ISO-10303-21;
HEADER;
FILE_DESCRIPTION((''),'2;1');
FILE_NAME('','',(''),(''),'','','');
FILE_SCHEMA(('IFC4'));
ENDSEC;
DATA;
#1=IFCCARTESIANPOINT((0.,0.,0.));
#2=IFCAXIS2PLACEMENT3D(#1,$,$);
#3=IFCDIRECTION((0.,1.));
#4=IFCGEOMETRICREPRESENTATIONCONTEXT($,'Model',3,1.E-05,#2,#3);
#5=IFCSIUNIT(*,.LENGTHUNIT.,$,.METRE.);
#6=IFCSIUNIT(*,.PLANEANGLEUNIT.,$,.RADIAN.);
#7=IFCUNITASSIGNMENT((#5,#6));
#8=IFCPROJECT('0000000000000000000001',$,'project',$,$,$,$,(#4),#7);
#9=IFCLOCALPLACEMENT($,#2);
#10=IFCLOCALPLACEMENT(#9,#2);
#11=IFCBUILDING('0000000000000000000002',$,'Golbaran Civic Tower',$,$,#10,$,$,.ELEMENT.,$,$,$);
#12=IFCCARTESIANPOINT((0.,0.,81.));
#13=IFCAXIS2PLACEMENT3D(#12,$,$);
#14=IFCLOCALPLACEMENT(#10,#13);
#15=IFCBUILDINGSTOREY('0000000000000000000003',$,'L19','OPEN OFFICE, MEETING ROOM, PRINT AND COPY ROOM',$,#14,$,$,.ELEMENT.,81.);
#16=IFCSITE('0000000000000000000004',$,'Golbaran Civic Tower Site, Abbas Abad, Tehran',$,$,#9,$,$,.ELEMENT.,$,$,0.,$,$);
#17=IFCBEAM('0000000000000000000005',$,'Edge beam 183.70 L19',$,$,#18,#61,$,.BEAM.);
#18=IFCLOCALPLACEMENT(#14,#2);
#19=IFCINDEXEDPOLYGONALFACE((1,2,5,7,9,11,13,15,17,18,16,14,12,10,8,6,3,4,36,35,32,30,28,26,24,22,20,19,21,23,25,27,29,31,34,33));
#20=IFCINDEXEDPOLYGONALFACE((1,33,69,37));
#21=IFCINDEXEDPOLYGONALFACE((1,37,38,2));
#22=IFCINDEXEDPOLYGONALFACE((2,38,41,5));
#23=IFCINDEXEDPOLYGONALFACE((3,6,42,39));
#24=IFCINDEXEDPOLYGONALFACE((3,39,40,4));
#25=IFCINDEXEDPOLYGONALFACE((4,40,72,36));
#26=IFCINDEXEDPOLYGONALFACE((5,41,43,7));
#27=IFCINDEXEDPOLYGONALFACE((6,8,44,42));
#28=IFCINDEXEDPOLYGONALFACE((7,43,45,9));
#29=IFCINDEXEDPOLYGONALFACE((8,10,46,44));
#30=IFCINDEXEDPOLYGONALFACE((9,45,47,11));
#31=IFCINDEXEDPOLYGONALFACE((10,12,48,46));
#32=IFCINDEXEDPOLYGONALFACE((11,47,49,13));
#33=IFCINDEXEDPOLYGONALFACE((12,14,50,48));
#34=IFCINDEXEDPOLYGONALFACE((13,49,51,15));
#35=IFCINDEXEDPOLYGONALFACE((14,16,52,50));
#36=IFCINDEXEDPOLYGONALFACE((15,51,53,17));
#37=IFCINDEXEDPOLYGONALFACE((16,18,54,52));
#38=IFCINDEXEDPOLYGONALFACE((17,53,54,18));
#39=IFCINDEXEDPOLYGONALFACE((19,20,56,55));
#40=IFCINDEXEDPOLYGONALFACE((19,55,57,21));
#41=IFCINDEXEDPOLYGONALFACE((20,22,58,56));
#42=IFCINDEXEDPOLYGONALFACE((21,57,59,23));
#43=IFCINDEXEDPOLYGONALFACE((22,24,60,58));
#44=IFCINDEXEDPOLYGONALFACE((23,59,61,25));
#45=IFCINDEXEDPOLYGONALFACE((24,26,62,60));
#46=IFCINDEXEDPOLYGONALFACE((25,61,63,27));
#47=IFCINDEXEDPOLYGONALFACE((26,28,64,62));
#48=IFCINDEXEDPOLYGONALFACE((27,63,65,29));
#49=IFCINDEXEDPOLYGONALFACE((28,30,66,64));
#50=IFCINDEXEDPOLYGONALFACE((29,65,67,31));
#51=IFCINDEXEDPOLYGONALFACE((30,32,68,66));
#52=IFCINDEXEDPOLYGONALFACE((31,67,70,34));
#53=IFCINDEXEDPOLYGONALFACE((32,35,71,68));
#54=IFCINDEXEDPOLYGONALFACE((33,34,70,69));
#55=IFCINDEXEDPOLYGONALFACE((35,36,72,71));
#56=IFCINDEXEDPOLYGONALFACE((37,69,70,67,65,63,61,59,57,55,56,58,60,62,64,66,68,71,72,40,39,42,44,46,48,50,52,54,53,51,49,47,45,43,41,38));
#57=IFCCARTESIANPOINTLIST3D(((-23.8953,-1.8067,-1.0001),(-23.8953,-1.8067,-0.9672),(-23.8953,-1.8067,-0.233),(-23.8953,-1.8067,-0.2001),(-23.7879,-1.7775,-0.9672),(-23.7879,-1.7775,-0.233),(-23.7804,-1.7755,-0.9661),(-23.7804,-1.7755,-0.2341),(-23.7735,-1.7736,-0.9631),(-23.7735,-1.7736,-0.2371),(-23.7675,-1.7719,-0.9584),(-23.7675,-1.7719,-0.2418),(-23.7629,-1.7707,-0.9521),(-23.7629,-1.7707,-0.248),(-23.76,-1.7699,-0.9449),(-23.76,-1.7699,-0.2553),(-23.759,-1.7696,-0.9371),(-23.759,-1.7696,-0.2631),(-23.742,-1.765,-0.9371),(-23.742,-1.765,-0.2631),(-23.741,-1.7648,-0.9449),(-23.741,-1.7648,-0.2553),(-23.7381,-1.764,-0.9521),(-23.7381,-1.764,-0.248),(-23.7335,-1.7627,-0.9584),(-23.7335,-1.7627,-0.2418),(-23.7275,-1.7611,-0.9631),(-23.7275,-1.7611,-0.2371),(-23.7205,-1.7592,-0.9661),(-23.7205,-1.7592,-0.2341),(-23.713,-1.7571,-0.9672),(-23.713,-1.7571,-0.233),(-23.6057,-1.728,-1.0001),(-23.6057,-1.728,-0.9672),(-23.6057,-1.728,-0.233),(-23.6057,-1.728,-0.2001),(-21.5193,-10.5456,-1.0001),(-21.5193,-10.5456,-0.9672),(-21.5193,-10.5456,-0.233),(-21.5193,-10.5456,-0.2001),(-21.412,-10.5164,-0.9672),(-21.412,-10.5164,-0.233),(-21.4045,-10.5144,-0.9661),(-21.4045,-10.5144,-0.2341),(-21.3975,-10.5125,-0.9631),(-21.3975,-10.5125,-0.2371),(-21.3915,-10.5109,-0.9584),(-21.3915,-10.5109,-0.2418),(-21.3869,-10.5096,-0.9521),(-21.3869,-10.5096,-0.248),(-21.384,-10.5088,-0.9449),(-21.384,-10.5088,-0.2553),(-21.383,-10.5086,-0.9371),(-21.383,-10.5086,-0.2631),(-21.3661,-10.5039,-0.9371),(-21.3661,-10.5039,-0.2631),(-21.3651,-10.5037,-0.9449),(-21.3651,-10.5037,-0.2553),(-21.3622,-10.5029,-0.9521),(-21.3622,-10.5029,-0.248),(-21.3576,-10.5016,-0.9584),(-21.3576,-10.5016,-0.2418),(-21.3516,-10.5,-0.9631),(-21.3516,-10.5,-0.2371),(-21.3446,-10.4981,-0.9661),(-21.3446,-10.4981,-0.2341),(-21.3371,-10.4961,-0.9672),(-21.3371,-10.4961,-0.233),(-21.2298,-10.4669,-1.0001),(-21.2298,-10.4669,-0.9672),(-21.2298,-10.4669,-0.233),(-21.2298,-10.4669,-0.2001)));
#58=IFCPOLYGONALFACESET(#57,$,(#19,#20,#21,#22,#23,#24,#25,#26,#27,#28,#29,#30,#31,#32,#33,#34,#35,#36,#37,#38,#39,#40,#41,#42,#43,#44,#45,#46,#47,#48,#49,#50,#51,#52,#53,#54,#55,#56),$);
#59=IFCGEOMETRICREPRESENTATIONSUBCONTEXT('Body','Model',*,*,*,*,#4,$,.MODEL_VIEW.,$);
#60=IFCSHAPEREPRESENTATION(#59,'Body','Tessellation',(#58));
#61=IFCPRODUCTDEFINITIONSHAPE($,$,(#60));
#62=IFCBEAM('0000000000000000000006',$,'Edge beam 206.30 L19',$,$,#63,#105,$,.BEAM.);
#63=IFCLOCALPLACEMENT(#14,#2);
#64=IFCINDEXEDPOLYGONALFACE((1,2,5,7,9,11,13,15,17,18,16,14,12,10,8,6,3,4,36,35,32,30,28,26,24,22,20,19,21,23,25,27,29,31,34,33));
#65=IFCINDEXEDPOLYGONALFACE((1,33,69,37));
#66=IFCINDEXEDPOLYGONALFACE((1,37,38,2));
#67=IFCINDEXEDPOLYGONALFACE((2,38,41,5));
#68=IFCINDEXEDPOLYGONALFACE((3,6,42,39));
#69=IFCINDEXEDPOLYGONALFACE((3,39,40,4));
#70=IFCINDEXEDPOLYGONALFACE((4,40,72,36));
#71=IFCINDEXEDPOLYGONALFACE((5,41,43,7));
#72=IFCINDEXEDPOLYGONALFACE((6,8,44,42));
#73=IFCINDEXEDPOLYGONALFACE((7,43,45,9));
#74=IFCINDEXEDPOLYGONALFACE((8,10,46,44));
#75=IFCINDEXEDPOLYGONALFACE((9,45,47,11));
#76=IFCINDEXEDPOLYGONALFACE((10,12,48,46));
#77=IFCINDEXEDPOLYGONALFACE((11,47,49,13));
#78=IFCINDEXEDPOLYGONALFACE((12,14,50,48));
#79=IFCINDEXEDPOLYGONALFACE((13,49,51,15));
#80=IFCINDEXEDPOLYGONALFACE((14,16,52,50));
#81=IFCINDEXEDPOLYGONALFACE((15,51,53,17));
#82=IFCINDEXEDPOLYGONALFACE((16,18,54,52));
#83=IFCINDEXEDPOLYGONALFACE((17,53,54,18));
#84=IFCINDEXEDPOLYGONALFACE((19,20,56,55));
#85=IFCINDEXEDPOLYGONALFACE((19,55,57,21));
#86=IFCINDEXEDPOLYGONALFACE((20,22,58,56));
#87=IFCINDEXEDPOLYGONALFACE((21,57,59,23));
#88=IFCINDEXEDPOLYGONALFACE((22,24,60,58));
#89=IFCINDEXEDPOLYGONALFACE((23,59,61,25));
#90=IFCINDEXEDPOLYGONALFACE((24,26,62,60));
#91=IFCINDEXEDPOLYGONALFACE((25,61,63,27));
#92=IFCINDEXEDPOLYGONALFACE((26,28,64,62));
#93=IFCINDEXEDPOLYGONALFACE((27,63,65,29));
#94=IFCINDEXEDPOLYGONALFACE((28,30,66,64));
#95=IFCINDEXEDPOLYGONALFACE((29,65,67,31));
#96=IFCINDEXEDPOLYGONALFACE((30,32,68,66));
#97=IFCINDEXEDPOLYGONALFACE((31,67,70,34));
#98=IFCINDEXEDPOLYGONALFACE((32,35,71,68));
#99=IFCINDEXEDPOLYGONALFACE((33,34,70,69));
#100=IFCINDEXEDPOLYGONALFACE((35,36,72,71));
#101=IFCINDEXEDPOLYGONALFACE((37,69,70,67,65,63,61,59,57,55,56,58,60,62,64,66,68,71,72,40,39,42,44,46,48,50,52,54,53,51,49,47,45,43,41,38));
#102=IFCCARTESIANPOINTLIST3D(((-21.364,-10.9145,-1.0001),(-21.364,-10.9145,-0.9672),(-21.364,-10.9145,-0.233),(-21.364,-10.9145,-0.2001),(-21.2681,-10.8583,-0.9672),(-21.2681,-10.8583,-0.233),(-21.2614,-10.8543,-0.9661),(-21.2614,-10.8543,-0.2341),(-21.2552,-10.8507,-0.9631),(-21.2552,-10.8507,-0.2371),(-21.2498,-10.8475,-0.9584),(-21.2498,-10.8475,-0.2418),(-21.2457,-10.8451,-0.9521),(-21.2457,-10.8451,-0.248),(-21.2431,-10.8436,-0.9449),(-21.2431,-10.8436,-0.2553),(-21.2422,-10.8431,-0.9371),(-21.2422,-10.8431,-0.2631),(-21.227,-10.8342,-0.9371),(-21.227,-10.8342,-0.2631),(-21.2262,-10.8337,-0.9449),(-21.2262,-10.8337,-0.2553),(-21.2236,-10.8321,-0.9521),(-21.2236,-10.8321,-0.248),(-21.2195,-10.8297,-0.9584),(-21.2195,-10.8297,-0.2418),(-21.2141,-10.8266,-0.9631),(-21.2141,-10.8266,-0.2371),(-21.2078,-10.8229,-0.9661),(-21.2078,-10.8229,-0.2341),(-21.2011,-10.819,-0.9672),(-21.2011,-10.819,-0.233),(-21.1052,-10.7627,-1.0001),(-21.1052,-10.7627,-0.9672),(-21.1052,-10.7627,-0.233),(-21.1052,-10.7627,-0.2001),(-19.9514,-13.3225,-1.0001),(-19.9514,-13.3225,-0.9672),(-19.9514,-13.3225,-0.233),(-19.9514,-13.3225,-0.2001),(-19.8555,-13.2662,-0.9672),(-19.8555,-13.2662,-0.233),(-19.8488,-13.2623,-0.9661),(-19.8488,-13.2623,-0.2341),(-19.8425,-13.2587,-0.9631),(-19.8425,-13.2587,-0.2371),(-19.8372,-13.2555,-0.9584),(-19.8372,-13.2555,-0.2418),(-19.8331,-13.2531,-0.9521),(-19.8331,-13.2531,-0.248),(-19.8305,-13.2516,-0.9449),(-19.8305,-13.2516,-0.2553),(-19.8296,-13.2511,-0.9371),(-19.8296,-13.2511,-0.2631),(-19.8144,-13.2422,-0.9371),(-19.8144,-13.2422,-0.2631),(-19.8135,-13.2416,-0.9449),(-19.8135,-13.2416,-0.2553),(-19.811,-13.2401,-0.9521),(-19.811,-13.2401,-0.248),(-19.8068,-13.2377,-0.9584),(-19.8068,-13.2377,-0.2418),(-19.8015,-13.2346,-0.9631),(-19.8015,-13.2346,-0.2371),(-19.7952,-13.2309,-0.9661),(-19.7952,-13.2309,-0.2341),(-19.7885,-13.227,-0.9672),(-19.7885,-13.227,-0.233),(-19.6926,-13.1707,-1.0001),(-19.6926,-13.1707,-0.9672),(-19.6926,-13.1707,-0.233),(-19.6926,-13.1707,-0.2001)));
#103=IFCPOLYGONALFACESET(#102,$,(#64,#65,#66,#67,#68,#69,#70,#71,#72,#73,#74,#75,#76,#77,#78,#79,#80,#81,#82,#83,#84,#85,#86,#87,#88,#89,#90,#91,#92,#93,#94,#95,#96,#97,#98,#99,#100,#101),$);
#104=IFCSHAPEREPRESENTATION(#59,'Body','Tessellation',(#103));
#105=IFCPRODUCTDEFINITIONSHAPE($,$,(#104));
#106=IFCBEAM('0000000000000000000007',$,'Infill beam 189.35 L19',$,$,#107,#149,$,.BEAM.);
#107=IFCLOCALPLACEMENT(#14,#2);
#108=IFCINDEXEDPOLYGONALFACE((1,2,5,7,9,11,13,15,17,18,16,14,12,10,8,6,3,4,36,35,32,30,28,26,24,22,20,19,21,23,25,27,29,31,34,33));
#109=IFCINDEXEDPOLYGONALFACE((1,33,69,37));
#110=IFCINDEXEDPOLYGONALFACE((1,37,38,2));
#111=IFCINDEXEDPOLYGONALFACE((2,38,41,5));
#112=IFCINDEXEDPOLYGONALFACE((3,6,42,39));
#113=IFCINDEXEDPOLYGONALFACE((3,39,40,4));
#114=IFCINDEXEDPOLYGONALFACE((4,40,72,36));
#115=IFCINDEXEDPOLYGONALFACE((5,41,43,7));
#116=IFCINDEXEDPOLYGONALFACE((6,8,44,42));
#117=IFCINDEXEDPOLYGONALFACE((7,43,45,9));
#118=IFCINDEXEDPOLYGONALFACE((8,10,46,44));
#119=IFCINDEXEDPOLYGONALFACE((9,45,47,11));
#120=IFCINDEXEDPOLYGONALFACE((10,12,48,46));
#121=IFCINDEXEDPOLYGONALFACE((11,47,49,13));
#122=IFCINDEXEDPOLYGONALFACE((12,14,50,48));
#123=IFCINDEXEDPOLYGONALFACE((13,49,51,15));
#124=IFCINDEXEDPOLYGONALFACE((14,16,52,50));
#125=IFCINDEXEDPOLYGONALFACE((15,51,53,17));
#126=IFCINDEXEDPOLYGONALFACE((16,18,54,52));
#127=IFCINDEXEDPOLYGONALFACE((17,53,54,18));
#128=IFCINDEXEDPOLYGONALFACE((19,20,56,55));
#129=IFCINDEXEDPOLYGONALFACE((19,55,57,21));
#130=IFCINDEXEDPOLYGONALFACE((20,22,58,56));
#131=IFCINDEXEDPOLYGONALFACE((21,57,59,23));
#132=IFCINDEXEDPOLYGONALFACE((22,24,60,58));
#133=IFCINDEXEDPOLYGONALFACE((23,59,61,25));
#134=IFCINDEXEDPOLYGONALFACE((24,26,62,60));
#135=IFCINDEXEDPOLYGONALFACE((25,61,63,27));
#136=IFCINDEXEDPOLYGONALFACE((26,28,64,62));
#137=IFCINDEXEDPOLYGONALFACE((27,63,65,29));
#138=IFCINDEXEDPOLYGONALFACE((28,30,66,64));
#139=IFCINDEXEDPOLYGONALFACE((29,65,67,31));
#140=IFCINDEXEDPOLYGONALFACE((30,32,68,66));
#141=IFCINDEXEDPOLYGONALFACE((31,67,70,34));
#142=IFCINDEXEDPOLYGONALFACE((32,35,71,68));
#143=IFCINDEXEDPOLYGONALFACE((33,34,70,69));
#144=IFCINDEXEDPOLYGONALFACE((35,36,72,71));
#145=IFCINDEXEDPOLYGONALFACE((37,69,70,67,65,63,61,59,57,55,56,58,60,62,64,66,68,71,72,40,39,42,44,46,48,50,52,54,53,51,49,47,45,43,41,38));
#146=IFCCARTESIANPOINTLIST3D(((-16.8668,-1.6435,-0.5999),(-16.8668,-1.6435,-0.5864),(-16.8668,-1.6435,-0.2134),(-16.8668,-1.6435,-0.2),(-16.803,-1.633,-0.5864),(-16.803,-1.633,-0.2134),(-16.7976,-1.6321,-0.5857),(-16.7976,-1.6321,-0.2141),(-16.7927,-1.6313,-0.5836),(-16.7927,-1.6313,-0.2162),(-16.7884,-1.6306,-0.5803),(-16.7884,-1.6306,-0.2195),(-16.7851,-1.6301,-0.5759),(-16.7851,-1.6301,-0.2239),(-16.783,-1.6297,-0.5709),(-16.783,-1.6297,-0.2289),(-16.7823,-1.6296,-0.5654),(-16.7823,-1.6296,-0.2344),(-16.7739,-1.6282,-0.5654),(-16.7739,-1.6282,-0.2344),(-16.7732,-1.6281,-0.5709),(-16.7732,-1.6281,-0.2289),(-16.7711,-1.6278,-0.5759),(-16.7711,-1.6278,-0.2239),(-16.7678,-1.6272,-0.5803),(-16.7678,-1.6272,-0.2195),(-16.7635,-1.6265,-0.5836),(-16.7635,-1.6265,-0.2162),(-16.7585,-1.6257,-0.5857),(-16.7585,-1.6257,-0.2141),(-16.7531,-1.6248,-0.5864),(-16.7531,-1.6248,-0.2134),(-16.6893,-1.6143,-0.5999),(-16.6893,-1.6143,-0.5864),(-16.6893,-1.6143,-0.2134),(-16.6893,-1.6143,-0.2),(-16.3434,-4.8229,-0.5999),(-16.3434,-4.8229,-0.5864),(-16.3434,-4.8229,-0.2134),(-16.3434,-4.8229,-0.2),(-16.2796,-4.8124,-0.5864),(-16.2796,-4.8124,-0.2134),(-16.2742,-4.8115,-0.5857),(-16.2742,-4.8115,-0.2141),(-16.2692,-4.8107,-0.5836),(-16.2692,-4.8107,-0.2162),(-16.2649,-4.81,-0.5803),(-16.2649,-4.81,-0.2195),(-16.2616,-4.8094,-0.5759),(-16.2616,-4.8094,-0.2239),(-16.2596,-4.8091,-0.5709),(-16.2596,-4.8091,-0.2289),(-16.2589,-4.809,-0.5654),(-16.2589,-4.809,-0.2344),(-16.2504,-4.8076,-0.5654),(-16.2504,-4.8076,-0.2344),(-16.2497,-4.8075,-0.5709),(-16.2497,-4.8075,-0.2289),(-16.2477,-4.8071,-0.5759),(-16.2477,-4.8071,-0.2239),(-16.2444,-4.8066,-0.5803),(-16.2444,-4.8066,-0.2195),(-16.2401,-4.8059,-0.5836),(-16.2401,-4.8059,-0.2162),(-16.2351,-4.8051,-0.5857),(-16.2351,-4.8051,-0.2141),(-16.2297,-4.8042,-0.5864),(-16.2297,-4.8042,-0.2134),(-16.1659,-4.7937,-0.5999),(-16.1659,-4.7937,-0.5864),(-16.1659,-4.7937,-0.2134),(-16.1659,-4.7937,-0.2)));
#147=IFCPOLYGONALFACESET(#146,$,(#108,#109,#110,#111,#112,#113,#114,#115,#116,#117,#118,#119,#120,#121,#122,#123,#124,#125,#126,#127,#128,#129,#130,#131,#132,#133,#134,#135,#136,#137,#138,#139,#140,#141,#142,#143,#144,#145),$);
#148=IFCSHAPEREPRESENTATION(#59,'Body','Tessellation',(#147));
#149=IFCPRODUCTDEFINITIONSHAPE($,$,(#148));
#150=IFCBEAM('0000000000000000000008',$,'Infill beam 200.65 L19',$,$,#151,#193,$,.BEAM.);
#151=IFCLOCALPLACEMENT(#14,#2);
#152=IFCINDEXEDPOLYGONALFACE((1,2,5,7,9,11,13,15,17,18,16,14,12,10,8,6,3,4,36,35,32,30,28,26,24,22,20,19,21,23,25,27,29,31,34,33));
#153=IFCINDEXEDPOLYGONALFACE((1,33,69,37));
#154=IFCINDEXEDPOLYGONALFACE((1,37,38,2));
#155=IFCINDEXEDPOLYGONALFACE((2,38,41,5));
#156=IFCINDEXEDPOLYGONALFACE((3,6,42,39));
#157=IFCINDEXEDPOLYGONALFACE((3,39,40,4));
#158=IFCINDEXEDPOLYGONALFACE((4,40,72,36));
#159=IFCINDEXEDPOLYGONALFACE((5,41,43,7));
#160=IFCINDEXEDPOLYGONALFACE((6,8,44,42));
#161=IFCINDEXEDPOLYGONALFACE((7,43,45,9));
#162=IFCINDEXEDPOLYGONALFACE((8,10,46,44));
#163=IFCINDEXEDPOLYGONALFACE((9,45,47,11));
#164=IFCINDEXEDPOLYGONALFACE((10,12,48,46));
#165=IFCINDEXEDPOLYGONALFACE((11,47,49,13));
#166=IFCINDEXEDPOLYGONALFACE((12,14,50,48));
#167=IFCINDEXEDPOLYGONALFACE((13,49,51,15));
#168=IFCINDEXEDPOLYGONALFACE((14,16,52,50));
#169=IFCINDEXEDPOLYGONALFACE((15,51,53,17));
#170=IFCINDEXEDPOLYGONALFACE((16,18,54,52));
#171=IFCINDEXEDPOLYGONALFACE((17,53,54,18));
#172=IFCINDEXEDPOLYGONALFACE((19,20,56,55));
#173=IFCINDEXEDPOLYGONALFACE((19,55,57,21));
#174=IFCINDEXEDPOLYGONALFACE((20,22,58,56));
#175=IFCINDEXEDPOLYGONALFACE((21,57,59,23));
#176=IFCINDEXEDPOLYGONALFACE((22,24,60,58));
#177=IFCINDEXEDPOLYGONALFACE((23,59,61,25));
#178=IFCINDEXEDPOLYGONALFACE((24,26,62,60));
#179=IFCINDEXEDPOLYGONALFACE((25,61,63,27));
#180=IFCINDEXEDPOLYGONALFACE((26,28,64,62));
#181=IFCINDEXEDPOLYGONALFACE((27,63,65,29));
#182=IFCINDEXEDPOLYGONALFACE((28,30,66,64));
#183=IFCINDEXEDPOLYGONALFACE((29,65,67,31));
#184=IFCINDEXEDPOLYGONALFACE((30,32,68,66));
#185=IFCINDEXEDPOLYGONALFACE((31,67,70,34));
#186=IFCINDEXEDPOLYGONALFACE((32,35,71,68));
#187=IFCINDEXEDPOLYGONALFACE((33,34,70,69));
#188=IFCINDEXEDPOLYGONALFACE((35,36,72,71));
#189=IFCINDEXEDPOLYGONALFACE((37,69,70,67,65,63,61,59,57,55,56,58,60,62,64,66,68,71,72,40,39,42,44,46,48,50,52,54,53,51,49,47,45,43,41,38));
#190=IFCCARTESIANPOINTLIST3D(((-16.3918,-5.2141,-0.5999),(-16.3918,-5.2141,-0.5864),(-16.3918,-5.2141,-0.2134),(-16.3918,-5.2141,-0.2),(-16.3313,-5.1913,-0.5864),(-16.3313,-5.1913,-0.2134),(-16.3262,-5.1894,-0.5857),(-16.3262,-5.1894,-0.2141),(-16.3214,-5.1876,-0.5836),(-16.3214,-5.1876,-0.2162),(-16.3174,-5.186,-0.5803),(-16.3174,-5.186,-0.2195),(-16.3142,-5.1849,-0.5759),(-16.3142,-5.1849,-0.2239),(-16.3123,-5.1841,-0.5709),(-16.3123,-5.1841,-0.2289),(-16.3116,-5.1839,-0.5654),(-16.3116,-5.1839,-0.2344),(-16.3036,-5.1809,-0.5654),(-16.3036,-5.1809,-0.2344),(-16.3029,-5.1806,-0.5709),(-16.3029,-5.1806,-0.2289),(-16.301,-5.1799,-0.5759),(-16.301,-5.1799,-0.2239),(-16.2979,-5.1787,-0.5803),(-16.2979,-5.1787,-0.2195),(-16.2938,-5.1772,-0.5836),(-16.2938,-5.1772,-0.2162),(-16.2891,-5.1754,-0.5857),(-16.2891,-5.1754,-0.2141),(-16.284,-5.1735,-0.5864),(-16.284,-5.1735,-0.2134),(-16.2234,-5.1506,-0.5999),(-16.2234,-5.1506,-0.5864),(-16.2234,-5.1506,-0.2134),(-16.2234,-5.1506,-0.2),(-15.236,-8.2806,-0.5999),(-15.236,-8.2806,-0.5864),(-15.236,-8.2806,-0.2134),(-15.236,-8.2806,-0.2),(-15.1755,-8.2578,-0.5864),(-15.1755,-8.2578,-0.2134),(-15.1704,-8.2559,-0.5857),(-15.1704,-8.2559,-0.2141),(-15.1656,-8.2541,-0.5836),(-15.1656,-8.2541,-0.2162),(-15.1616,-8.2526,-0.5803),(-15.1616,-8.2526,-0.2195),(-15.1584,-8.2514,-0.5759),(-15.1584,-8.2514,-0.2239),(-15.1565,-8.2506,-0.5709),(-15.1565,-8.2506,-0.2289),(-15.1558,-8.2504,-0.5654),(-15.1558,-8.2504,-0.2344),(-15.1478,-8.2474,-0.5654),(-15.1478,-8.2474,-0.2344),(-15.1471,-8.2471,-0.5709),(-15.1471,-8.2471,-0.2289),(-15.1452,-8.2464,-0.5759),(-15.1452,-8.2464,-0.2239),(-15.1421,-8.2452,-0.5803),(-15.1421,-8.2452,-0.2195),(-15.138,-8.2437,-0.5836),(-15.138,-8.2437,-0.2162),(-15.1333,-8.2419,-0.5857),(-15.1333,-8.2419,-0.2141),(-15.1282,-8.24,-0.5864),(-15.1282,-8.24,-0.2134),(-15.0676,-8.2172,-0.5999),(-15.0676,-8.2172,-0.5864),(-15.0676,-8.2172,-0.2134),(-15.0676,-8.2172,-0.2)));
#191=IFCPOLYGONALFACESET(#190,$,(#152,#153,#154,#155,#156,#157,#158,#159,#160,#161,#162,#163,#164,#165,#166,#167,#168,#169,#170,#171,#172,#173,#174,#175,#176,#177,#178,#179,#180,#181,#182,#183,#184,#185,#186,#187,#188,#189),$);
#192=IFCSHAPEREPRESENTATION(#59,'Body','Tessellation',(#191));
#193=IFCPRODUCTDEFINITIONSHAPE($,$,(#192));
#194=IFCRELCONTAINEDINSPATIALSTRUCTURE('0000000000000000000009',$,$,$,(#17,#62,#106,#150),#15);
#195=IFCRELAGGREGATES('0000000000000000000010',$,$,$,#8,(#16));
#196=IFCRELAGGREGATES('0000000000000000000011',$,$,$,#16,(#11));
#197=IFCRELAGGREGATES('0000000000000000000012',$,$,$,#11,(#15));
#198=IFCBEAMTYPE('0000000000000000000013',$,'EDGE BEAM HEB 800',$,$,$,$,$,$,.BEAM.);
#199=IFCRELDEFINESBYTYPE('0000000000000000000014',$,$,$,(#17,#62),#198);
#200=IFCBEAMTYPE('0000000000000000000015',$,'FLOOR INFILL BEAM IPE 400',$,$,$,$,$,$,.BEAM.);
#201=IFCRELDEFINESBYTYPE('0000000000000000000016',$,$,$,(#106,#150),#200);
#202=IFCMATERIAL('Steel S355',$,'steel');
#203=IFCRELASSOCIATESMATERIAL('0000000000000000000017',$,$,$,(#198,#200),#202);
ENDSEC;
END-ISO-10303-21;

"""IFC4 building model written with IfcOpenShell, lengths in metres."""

from ifc_helpers import new_model, si_unit, direction, frame, origin, origin_2d, place, context, subcontext, project, spatial, i_section, extrude, material, material_profile, profile_set, type_object, element, save


model = new_model("IFC4")

# Units and contexts
model_context = context("Model", 3, precision=1e-05, world=origin(), true_north=direction((0.0, 1.0)))
body_context = subcontext(model_context, "Body", "Model", "MODEL_VIEW")
ifc_project = project(units=[si_unit("LENGTHUNIT", "METRE"), si_unit("PLANEANGLEUNIT", "RADIAN")], contexts=[model_context])

# Site, building, storey
site_placement = place(None, origin())
site = spatial("IfcSite", under=ifc_project, at=site_placement, Name="Golbaran Civic Tower Site, Abbas Abad, Tehran", CompositionType="ELEMENT", RefElevation=0.0)
building_placement = place(site_placement, origin())
building = spatial("IfcBuilding", under=site, at=building_placement, Name="Golbaran Civic Tower", CompositionType="ELEMENT")
storey_placement = place(building_placement, frame((0.0, 0.0, 81.0)))
storey = spatial("IfcBuildingStorey", under=building, at=storey_placement, Name="L19", Description="OPEN OFFICE, MEETING ROOM, PRINT AND COPY ROOM", CompositionType="ELEMENT", Elevation=81.0)

# Beams
ifc_material_1 = material(Name="Steel S355", Category="steel")
ifc_material_profile_1 = material_profile(ifc_material_1, i_section(OverallWidth=0.3, OverallDepth=0.8, WebThickness=0.0176, FlangeThickness=0.033, FilletRadius=0.03, at=origin_2d()), Name="HEB 800")
ifc_profile_set_1 = profile_set([ifc_material_profile_1], Name="Steel S355")
beam_type_1 = type_object("IfcBeamType", Name="EDGE BEAM HEB 800", PredefinedType="BEAM", material=ifc_profile_set_1)
beam_1_placement = place(storey_placement, frame((-23.7505, -1.7673, -0.6001), z_axis=(0.262358, -0.964971, 0.0), x_axis=(0.964971, 0.262358, 0.0)))
element("IfcBeam", 1, at=beam_1_placement, inside=storey, type_object=beam_type_1, Name="Edge beam 183.70 L19", PredefinedType="BEAM", context=body_context, shape_type="SweptSolid", body=[
    extrude(i_section(OverallWidth=0.3, OverallDepth=0.8, WebThickness=0.0176, FlangeThickness=0.033, FilletRadius=0.03, at=origin_2d()), origin(), (0.0, 0.0, 1.0), 9.0562),
])
beam_2_placement = place(storey_placement, frame((-21.2346, -10.8386, -0.6001), z_axis=(0.505996, -0.862536, 0.0), x_axis=(0.862536, 0.505996, 0.0)))
element("IfcBeam", 2, at=beam_2_placement, inside=storey, type_object=beam_type_1, Name="Edge beam 206.30 L19", PredefinedType="BEAM", context=body_context, shape_type="SweptSolid", body=[
    extrude(i_section(OverallWidth=0.3, OverallDepth=0.8, WebThickness=0.0176, FlangeThickness=0.033, FilletRadius=0.03, at=origin_2d()), origin(), (0.0, 0.0, 1.0), 2.7917),
])
ifc_material_profile_2 = material_profile(ifc_material_1, i_section(OverallWidth=0.1799, OverallDepth=0.3999, WebThickness=0.0085, FlangeThickness=0.0134, FilletRadius=0.021, at=origin_2d()), Name="IPE 400")
ifc_profile_set_2 = profile_set([ifc_material_profile_2], Name="Steel S355")
beam_type_2 = type_object("IfcBeamType", Name="FLOOR INFILL BEAM IPE 400", PredefinedType="BEAM", material=ifc_profile_set_2)
beam_3_placement = place(storey_placement, frame((-16.7781, -1.6289, -0.3999), z_axis=(0.162445, -0.986718, 0.0), x_axis=(0.986718, 0.162445, 0.0)))
element("IfcBeam", 3, at=beam_3_placement, inside=storey, type_object=beam_type_2, Name="Infill beam 189.35 L19", PredefinedType="BEAM", context=body_context, shape_type="SweptSolid", body=[
    extrude(i_section(OverallWidth=0.1799, OverallDepth=0.3999, WebThickness=0.0085, FlangeThickness=0.0134, FilletRadius=0.021, at=origin_2d()), origin(), (0.0, 0.0, 1.0), 3.2222),
])
beam_4_placement = place(storey_placement, frame((-16.3076, -5.1824, -0.3999), z_axis=(0.352691, -0.93574, 0.0), x_axis=(0.93574, 0.352691, 0.0)))
element("IfcBeam", 4, at=beam_4_placement, inside=storey, type_object=beam_type_2, Name="Infill beam 200.65 L19", PredefinedType="BEAM", context=body_context, shape_type="SweptSolid", body=[
    extrude(i_section(OverallWidth=0.1799, OverallDepth=0.3999, WebThickness=0.0085, FlangeThickness=0.0134, FilletRadius=0.021, at=origin_2d()), origin(), (0.0, 0.0, 1.0), 3.2771),
])

save(model, "model.ifc")
